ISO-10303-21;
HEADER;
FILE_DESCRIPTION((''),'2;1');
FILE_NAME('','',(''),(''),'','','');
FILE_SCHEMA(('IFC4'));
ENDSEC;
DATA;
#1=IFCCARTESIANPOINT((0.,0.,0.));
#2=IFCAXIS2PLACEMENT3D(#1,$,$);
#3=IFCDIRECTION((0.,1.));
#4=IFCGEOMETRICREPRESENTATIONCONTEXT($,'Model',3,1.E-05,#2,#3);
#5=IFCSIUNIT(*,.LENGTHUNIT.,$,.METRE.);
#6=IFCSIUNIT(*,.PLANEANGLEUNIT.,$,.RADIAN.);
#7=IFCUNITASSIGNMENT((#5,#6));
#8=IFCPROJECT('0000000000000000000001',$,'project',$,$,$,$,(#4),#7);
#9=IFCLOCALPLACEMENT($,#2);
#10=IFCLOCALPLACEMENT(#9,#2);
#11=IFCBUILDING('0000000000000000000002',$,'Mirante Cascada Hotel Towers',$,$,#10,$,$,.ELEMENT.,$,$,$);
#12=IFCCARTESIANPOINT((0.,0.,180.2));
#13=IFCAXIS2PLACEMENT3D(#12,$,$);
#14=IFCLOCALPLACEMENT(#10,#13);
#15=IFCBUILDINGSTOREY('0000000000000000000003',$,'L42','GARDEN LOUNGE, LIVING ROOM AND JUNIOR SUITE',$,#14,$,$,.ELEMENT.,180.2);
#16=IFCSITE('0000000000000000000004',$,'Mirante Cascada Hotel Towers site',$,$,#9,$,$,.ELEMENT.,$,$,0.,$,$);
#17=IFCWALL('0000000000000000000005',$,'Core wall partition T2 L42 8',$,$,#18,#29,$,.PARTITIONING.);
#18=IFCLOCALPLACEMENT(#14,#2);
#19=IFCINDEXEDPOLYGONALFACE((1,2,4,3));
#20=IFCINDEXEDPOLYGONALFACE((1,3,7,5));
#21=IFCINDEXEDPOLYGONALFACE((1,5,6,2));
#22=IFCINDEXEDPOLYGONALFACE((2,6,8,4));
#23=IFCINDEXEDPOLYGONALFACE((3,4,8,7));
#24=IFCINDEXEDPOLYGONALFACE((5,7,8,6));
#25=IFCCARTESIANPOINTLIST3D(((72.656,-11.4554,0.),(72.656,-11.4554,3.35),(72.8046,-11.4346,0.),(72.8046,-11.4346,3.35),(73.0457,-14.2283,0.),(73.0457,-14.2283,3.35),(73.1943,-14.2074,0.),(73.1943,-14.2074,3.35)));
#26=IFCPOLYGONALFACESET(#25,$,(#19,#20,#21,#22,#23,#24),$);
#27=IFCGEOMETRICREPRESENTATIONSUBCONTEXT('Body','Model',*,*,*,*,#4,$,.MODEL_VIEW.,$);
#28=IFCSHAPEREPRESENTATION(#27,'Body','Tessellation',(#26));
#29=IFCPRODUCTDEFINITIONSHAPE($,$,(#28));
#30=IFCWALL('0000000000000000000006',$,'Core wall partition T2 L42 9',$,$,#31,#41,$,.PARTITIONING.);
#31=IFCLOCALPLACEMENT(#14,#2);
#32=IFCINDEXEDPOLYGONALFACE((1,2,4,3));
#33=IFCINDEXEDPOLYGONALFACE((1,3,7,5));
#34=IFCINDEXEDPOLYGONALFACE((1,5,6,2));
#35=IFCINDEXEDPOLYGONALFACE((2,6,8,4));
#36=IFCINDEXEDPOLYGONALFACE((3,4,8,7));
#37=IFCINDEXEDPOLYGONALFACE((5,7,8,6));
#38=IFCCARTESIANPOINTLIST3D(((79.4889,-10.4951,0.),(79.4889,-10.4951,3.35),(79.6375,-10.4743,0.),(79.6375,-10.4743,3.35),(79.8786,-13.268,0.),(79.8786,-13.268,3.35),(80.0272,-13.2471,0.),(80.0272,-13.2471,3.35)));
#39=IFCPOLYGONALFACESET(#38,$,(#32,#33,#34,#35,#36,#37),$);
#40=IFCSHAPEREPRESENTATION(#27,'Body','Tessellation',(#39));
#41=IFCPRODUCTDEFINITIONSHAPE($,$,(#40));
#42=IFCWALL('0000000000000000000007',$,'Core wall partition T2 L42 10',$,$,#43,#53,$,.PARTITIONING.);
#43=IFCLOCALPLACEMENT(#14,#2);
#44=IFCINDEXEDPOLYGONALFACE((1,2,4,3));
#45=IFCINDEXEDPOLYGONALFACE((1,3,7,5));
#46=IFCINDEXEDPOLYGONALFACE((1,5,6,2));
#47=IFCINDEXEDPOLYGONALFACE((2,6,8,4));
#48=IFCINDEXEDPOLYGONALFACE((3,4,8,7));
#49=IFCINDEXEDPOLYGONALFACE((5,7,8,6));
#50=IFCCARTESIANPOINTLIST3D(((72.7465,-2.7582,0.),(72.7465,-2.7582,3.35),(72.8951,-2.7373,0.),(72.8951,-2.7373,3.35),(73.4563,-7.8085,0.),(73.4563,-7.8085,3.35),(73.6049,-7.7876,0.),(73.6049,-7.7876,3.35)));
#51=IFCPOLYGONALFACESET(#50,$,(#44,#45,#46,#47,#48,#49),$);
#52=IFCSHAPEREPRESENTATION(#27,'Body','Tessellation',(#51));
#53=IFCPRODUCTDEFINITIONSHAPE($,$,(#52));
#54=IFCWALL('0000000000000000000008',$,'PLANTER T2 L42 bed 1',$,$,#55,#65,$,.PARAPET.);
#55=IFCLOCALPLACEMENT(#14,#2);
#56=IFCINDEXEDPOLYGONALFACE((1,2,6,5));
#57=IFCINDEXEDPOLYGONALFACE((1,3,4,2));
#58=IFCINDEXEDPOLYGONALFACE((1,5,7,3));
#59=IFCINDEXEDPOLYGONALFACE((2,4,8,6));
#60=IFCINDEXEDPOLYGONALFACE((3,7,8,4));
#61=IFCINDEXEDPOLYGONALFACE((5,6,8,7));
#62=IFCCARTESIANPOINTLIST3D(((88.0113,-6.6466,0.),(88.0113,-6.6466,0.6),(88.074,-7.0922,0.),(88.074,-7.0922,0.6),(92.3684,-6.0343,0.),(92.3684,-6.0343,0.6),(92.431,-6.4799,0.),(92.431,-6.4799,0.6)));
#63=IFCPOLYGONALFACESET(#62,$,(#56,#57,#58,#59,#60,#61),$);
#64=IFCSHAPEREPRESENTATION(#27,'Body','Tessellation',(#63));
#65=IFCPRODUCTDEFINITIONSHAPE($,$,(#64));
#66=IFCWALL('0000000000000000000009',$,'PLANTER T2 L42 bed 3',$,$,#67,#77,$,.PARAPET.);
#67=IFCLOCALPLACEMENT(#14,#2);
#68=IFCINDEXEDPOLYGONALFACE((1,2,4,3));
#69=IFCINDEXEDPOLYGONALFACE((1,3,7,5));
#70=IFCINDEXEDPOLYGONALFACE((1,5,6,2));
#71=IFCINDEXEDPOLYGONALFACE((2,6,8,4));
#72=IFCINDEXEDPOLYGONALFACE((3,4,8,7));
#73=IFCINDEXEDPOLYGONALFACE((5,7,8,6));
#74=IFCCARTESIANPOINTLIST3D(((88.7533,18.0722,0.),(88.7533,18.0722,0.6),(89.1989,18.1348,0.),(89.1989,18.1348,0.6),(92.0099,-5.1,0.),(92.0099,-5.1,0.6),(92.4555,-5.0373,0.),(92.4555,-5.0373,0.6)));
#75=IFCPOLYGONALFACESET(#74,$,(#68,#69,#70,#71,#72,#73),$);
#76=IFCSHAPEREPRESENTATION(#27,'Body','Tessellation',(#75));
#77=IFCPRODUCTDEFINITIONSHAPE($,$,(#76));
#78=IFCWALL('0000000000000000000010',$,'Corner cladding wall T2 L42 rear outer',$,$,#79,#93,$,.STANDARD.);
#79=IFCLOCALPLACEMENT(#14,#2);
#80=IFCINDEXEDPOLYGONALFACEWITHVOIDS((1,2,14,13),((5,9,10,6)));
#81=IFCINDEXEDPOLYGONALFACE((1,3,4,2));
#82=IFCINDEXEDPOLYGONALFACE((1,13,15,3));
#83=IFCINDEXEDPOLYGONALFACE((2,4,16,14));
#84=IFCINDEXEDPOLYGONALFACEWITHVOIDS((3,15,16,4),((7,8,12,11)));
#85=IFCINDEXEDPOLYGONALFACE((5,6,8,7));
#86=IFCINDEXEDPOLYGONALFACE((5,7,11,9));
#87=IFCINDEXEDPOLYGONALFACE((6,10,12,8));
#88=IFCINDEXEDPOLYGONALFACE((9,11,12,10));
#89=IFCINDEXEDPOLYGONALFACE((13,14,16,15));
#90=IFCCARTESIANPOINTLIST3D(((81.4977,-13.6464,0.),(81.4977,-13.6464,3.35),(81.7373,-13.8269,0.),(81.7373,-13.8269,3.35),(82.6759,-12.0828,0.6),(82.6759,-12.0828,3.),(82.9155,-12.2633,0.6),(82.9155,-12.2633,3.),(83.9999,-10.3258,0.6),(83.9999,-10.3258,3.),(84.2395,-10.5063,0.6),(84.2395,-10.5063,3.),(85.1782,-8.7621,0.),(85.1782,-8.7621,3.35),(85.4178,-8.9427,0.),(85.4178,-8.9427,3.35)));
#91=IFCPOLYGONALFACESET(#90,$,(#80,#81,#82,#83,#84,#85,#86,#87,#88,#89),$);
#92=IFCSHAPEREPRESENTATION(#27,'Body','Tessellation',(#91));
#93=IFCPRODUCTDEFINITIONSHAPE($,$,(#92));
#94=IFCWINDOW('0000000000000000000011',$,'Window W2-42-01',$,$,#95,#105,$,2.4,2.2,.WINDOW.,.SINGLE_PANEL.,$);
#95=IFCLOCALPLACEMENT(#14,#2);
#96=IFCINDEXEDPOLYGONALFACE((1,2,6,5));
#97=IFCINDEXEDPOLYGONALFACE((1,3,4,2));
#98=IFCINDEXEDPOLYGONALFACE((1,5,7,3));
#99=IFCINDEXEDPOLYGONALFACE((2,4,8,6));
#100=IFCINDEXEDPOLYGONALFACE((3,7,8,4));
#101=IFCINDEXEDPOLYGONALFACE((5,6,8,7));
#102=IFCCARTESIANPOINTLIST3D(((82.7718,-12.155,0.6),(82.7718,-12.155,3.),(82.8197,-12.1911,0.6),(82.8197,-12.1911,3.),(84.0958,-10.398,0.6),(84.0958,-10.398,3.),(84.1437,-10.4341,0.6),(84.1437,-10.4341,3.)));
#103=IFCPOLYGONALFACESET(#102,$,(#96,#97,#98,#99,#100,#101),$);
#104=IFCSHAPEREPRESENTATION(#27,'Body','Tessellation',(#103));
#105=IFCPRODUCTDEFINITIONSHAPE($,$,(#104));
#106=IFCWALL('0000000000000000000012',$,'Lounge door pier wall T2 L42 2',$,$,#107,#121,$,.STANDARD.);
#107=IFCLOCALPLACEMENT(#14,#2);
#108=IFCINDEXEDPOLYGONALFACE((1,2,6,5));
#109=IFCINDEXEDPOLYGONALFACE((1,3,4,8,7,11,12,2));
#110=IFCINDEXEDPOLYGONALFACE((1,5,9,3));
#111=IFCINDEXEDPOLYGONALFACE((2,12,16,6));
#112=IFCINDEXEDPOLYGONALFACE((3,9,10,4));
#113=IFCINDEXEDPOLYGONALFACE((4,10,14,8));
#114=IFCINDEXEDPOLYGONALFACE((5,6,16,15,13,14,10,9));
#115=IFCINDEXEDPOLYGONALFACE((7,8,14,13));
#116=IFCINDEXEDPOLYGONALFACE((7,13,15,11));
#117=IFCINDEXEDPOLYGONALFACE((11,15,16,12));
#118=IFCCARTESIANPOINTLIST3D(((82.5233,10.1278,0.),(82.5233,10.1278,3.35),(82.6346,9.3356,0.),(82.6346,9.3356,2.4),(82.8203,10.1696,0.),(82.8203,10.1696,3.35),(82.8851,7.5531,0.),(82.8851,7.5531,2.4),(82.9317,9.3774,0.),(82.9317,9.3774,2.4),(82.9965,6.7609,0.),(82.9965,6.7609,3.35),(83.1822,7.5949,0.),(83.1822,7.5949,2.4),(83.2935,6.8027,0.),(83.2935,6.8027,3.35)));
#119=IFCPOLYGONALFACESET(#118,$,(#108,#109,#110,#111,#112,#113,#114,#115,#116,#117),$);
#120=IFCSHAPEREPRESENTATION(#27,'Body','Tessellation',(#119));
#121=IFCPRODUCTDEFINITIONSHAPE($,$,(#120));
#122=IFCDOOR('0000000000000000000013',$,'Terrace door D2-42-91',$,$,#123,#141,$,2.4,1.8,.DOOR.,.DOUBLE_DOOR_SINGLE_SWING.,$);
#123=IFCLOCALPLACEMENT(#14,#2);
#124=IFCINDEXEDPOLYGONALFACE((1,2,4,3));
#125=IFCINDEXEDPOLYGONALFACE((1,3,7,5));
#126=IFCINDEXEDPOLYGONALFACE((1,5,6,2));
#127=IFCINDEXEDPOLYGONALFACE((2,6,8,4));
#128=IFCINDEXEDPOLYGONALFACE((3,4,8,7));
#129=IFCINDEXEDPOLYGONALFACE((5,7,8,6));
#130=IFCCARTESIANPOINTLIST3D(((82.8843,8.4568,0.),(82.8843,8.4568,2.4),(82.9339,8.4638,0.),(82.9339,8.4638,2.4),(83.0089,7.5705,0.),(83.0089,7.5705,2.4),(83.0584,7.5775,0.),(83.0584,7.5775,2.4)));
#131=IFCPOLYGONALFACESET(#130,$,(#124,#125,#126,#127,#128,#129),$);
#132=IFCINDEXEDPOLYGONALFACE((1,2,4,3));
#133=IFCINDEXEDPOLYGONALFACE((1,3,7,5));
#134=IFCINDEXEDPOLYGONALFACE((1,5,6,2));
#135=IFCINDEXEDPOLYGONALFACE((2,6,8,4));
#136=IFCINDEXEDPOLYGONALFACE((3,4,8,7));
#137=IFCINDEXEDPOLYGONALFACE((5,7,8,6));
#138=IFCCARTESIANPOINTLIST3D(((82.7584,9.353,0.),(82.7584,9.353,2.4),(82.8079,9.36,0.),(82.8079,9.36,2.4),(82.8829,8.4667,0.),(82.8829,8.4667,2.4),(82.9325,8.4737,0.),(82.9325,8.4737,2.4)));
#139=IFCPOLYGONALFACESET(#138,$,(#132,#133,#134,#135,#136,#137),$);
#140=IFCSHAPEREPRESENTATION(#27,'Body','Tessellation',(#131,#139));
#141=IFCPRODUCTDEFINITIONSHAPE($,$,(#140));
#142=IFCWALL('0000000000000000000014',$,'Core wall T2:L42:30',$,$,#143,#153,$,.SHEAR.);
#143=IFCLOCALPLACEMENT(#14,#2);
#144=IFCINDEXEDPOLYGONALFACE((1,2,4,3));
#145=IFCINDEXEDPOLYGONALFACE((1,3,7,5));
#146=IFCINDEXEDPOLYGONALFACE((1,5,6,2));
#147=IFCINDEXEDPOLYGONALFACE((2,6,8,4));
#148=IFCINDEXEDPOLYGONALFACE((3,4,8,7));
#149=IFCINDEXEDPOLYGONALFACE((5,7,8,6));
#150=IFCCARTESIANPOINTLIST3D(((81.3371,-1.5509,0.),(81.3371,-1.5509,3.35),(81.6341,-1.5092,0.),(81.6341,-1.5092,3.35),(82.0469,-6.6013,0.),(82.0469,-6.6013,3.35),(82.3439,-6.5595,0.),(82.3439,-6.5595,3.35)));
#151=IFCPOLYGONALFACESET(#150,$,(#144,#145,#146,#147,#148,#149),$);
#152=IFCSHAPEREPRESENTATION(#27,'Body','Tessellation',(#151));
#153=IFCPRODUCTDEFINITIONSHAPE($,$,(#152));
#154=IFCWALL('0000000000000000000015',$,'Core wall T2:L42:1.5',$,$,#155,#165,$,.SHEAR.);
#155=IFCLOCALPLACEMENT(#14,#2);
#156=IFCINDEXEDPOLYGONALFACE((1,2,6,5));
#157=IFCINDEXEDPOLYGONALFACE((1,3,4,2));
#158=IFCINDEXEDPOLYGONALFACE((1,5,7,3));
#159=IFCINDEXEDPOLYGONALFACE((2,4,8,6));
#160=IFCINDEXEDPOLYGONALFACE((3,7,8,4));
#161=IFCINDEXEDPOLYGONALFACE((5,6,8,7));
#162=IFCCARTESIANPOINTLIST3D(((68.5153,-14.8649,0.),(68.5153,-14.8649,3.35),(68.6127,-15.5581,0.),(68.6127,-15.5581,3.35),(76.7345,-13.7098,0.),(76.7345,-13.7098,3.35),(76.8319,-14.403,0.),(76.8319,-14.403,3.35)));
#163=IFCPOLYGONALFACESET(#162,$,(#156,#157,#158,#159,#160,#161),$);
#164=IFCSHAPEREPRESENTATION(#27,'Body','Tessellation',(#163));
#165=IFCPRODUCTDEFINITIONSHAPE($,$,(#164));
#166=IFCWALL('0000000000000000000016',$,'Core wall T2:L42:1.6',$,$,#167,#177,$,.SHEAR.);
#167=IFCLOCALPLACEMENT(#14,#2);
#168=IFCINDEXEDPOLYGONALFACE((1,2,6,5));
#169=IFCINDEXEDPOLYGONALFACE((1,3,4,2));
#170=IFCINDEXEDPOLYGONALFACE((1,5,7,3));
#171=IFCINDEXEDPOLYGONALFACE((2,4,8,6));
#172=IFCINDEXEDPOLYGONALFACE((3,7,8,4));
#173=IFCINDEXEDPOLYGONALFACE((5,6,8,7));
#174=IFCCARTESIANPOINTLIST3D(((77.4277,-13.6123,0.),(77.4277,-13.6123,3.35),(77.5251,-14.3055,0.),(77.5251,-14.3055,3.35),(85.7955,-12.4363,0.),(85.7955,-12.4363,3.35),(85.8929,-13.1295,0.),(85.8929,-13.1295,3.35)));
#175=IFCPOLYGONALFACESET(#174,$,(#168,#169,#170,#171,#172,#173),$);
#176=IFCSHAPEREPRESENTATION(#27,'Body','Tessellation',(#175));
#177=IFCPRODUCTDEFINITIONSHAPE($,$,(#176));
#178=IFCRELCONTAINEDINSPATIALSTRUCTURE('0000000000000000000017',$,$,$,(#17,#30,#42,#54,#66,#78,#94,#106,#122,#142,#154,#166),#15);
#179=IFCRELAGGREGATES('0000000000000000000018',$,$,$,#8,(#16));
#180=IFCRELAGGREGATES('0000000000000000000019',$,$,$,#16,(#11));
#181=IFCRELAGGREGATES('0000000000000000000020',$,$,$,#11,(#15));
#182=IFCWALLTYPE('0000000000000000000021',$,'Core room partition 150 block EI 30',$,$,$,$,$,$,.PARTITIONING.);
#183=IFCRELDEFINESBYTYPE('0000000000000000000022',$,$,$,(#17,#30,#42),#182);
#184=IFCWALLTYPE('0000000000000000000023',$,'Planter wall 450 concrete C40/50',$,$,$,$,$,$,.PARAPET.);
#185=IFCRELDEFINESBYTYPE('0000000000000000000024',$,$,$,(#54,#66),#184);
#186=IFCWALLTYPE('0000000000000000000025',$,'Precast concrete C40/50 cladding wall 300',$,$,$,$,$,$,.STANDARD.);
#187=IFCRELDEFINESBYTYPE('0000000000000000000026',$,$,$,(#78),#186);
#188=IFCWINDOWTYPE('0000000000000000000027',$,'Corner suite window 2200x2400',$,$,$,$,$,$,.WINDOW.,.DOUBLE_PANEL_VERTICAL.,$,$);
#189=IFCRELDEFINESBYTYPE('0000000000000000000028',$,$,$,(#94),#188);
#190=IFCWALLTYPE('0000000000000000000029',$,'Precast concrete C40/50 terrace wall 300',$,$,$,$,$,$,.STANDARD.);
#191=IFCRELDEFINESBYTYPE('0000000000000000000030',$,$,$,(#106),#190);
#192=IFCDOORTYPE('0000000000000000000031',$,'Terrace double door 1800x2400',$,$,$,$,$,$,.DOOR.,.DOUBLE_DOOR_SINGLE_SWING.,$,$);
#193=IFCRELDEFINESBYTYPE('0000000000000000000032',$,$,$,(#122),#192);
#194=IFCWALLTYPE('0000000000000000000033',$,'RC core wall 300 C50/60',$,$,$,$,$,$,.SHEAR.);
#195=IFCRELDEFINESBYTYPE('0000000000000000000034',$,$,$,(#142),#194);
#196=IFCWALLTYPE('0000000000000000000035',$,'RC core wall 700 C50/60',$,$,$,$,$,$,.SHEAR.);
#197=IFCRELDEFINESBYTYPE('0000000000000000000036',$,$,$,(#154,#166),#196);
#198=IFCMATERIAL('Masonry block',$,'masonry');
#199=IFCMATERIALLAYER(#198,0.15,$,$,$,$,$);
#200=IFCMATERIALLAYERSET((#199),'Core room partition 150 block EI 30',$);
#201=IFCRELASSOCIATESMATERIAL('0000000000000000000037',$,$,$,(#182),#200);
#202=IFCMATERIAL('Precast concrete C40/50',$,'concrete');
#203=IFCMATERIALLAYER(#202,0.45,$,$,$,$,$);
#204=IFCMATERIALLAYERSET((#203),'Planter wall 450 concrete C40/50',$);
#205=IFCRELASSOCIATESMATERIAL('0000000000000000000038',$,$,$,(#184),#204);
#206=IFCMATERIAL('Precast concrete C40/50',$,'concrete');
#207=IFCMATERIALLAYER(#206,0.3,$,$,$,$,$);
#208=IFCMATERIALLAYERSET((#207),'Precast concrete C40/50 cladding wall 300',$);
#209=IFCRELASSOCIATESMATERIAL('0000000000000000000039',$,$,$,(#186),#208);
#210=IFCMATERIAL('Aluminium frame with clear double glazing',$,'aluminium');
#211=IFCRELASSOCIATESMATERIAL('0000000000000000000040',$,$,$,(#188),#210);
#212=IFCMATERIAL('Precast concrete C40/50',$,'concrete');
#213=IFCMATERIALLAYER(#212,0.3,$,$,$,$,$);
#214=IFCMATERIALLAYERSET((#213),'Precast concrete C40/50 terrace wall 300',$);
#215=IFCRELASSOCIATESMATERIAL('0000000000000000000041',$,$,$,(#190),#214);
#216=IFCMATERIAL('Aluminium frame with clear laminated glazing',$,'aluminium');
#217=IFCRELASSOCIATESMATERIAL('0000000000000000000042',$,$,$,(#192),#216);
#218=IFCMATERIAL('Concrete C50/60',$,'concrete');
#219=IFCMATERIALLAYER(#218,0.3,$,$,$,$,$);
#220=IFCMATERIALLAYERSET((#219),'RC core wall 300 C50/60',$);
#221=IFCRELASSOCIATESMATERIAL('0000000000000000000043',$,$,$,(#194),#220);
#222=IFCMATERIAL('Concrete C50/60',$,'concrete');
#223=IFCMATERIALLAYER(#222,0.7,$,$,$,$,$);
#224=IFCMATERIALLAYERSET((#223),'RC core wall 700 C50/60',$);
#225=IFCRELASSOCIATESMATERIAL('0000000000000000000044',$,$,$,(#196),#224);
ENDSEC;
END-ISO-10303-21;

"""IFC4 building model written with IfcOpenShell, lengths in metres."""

from ifc_helpers import new_model, si_unit, direction, frame, frame_2d, origin, place, context, subcontext, project, spatial, rectangle, extrude, material, layer, layer_set, type_object, element, fill, save


model = new_model("IFC4")

# Units and contexts
model_context = context("Model", 3, precision=1e-05, world=origin(), true_north=direction((0.0, 1.0)))
body_context = subcontext(model_context, "Body", "Model", "MODEL_VIEW")
ifc_project = project(units=[si_unit("LENGTHUNIT", "METRE"), si_unit("PLANEANGLEUNIT", "RADIAN")], contexts=[model_context])

# Site, building, storey
site_placement = place(None, origin())
site = spatial("IfcSite", under=ifc_project, at=site_placement, Name="Mirante Cascada Hotel Towers site", CompositionType="ELEMENT", RefElevation=0.0)
building_placement = place(site_placement, origin())
building = spatial("IfcBuilding", under=site, at=building_placement, Name="Mirante Cascada Hotel Towers", CompositionType="ELEMENT")
storey_placement = place(building_placement, frame((0.0, 0.0, 180.2)))
storey = spatial("IfcBuildingStorey", under=building, at=storey_placement, Name="L42", Description="GARDEN LOUNGE, LIVING ROOM AND JUNIOR SUITE", CompositionType="ELEMENT", Elevation=180.2)

# Walls
ifc_material_1 = material(Name="Masonry block", Category="masonry")
ifc_layer_1 = layer(ifc_material_1, 0.15)
ifc_layer_set_1 = layer_set([ifc_layer_1], Name="Core room partition 150 block EI 30")
wall_type_1 = type_object("IfcWallType", Name="Core room partition 150 block EI 30", PredefinedType="PARTITIONING", material=ifc_layer_set_1)
for number, where, z_axis, x_axis, name in (
    (1, (73.12, -14.2178, 0.0), (0.0, 0.0, 1.0), (-0.139176, 0.990268, 0.0), "Core wall partition T2 L42 8"),
    (2, (79.9529, -13.2575, 0.0), (0.0, 0.0, 1.0), (-0.139176, 0.990268, 0.0), "Core wall partition T2 L42 9"),
):
    element("IfcWall", number, at=place(storey_placement, frame(where, z_axis=z_axis, x_axis=x_axis)), inside=storey, type_object=wall_type_1, Name=name, PredefinedType="PARTITIONING", context=body_context, shape_type="SweptSolid", body=[
        extrude(rectangle(XDim=2.8001, YDim=0.15, at=frame_2d((1.4, 0.0))), origin(), (0.0, 0.0, 1.0), 3.35),
    ])
wall_1_placement = place(storey_placement, frame((73.5306, -7.7981, 0.0), z_axis=(0.0, 0.0, 1.0), x_axis=(-0.139178, 0.990267, 0.0)))
element("IfcWall", 3, at=wall_1_placement, inside=storey, type_object=wall_type_1, Name="Core wall partition T2 L42 10", PredefinedType="PARTITIONING", context=body_context, shape_type="SweptSolid", body=[
    extrude(rectangle(XDim=5.0999, YDim=0.15, at=frame_2d((2.55, 0.0))), origin(), (0.0, 0.0, 1.0), 3.35),
])
ifc_material_2 = material(Name="Precast concrete C40/50", Category="concrete")
ifc_layer_2 = layer(ifc_material_2, 0.45)
ifc_layer_set_2 = layer_set([ifc_layer_2], Name="Planter wall 450 concrete C40/50")
wall_type_2 = type_object("IfcWallType", Name="Planter wall 450 concrete C40/50", PredefinedType="PARAPET", material=ifc_layer_set_2)
wall_2_placement = place(storey_placement, frame((88.0426, -6.8694, 0.0), z_axis=(0.0, 0.0, 1.0), x_axis=(0.99027, 0.139162, 0.0)))
element("IfcWall", 4, at=wall_2_placement, inside=storey, type_object=wall_type_2, Name="PLANTER T2 L42 bed 1", PredefinedType="PARAPET", context=body_context, shape_type="SweptSolid", body=[
    extrude(rectangle(XDim=4.3999, YDim=0.45, at=frame_2d((2.2, 0.0))), origin(), (0.0, 0.0, 1.0), 0.6),
])
wall_3_placement = place(storey_placement, frame((92.2327, -5.0687, 0.0), z_axis=(0.0, 0.0, 1.0), x_axis=(-0.139171, 0.990268, 0.0)))
element("IfcWall", 5, at=wall_3_placement, inside=storey, type_object=wall_type_2, Name="PLANTER T2 L42 bed 3", PredefinedType="PARAPET", context=body_context, shape_type="SweptSolid", body=[
    extrude(rectangle(XDim=23.3999, YDim=0.45, at=frame_2d((11.7, 0.0))), origin(), (0.0, 0.0, 1.0), 0.6),
])

# Wall, opening, window
ifc_material_3 = material(Name="Precast concrete C40/50", Category="concrete")
ifc_layer_3 = layer(ifc_material_3, 0.3)
ifc_layer_set_3 = layer_set([ifc_layer_3], Name="Precast concrete C40/50 cladding wall 300")
wall_type_3 = type_object("IfcWallType", Name="Precast concrete C40/50 cladding wall 300", PredefinedType="STANDARD", material=ifc_layer_set_3)
wall_4_placement = place(storey_placement, frame((81.6175, -13.7366, 0.0), z_axis=(0.0, 0.0, 1.0), x_axis=(0.601814, 0.798636, 0.0)))
wall_4 = element("IfcWall", 6, at=wall_4_placement, inside=storey, type_object=wall_type_3, Name="Corner cladding wall T2 L42 rear outer", PredefinedType="STANDARD", context=body_context, shape_type="SweptSolid", body=[
    extrude(rectangle(XDim=6.1157, YDim=0.3, at=frame_2d((3.0578, 0.0))), origin(), (0.0, 0.0, 1.0), 3.35),
])
opening_1_placement = place(wall_4_placement, frame((1.9578, 0.0, 0.6)))
opening_1 = element("IfcOpeningElement", 7, at=opening_1_placement, cuts=wall_4, PredefinedType="OPENING", context=body_context, shape_type="SweptSolid", body=[
    extrude(rectangle(XDim=2.2, YDim=2.4, at=frame_2d((1.1, 1.2))), frame((0.0, 0.15, 0.0), z_axis=(0.0, -1.0, 0.0), x_axis=(1.0, 0.0, 0.0)), (0.0, 0.0, 1.0), 0.3),
])
ifc_material_4 = material(Name="Aluminium frame with clear double glazing", Category="aluminium")
window_type = type_object("IfcWindowType", Name="Corner suite window 2200x2400", PartitioningType="DOUBLE_PANEL_VERTICAL", PredefinedType="WINDOW", material=ifc_material_4)
window_placement = place(opening_1_placement, origin())
window = element("IfcWindow", 8, at=window_placement, inside=storey, type_object=window_type, Name="Window W2-42-01", OverallHeight=2.4, OverallWidth=2.2, PartitioningType="SINGLE_PANEL", PredefinedType="WINDOW", context=body_context, shape_type="SweptSolid", body=[
    extrude(rectangle(XDim=2.2, YDim=2.4, at=frame_2d((1.1, 1.2))), frame((0.0, 0.03, 0.0), z_axis=(0.0, -1.0, 0.0), x_axis=(1.0, 0.0, 0.0)), (0.0, 0.0, 1.0), 0.06),
])
fill(opening_1, window)

# Wall, opening, door
ifc_material_5 = material(Name="Precast concrete C40/50", Category="concrete")
ifc_layer_4 = layer(ifc_material_5, 0.3)
ifc_layer_set_4 = layer_set([ifc_layer_4], Name="Precast concrete C40/50 terrace wall 300")
wall_type_4 = type_object("IfcWallType", Name="Precast concrete C40/50 terrace wall 300", PredefinedType="STANDARD", material=ifc_layer_set_4)
wall_5_placement = place(storey_placement, frame((83.145, 6.7818, 0.0), z_axis=(0.0, 0.0, 1.0), x_axis=(-0.139177, 0.990267, 0.0)))
wall_5 = element("IfcWall", 9, at=wall_5_placement, inside=storey, type_object=wall_type_4, Name="Lounge door pier wall T2 L42 2", PredefinedType="STANDARD", context=body_context, shape_type="SweptSolid", body=[
    extrude(rectangle(XDim=3.4, YDim=0.3, at=frame_2d((1.7, 0.0))), origin(), (0.0, 0.0, 1.0), 3.35),
])
opening_2_placement = place(wall_5_placement, frame((0.8, 0.0, 0.0)))
opening_2 = element("IfcOpeningElement", 10, at=opening_2_placement, cuts=wall_5, PredefinedType="OPENING", context=body_context, shape_type="SweptSolid", body=[
    extrude(rectangle(XDim=1.8, YDim=2.4, at=frame_2d((0.9, 1.2))), frame((0.0, 0.15, 0.0), z_axis=(0.0, -1.0, 0.0), x_axis=(1.0, 0.0, 0.0)), (0.0, 0.0, 1.0), 0.3),
])
ifc_material_6 = material(Name="Aluminium frame with clear laminated glazing", Category="aluminium")
door_type = type_object("IfcDoorType", Name="Terrace double door 1800x2400", OperationType="DOUBLE_DOOR_SINGLE_SWING", PredefinedType="DOOR", material=ifc_material_6)
door_placement = place(opening_2_placement, origin())
door = element("IfcDoor", 11, at=door_placement, inside=storey, type_object=door_type, Name="Terrace door D2-42-91", OperationType="DOUBLE_DOOR_SINGLE_SWING", OverallHeight=2.4, OverallWidth=1.8, PredefinedType="DOOR", context=body_context, shape_type="SweptSolid", body=[
    extrude(rectangle(XDim=0.895, YDim=2.4, at=frame_2d((0.4475, 1.2))), frame((0.0, 0.025, 0.0), z_axis=(0.0, -1.0, 0.0), x_axis=(1.0, 0.0, 0.0)), (0.0, 0.0, 1.0), 0.05),
    extrude(rectangle(XDim=0.895, YDim=2.4, at=frame_2d((1.3525, 1.2))), frame((0.0, 0.025, 0.0), z_axis=(0.0, -1.0, 0.0), x_axis=(1.0, 0.0, 0.0)), (0.0, 0.0, 1.0), 0.05),
])
fill(opening_2, door)

# Walls
ifc_material_7 = material(Name="Concrete C50/60", Category="concrete")
ifc_layer_5 = layer(ifc_material_7, 0.3)
ifc_layer_set_5 = layer_set([ifc_layer_5], Name="RC core wall 300 C50/60")
wall_type_5 = type_object("IfcWallType", Name="RC core wall 300 C50/60", PredefinedType="SHEAR", material=ifc_layer_set_5)
wall_6_placement = place(storey_placement, frame((82.1954, -6.5804, 0.0), z_axis=(0.0, 0.0, 1.0), x_axis=(-0.139176, 0.990268, 0.0)))
element("IfcWall", 12, at=wall_6_placement, inside=storey, type_object=wall_type_5, Name="Core wall T2:L42:30", PredefinedType="SHEAR", context=body_context, shape_type="SweptSolid", body=[
    extrude(rectangle(XDim=5.1, YDim=0.3, at=frame_2d((2.55, 0.0))), origin(), (0.0, 0.0, 1.0), 3.35),
])
ifc_material_8 = material(Name="Concrete C50/60", Category="concrete")
ifc_layer_6 = layer(ifc_material_8, 0.7)
ifc_layer_set_6 = layer_set([ifc_layer_6], Name="RC core wall 700 C50/60")
wall_type_6 = type_object("IfcWallType", Name="RC core wall 700 C50/60", PredefinedType="SHEAR", material=ifc_layer_set_6)
wall_7_placement = place(storey_placement, frame((68.564, -15.2115, 0.0), z_axis=(0.0, 0.0, 1.0), x_axis=(0.990269, 0.139169, 0.0)))
element("IfcWall", 13, at=wall_7_placement, inside=storey, type_object=wall_type_6, Name="Core wall T2:L42:1.5", PredefinedType="SHEAR", context=body_context, shape_type="SweptSolid", body=[
    extrude(rectangle(XDim=8.3, YDim=0.7, at=frame_2d((4.15, 0.0))), origin(), (0.0, 0.0, 1.0), 3.35),
])
wall_8_placement = place(storey_placement, frame((77.4764, -13.9589, 0.0), z_axis=(0.0, 0.0, 1.0), x_axis=(0.990268, 0.139171, 0.0)))
element("IfcWall", 14, at=wall_8_placement, inside=storey, type_object=wall_type_6, Name="Core wall T2:L42:1.6", PredefinedType="SHEAR", context=body_context, shape_type="SweptSolid", body=[
    extrude(rectangle(XDim=8.45, YDim=0.7, at=frame_2d((4.225, 0.0))), origin(), (0.0, 0.0, 1.0), 3.35),
])

save(model, "model.ifc")
